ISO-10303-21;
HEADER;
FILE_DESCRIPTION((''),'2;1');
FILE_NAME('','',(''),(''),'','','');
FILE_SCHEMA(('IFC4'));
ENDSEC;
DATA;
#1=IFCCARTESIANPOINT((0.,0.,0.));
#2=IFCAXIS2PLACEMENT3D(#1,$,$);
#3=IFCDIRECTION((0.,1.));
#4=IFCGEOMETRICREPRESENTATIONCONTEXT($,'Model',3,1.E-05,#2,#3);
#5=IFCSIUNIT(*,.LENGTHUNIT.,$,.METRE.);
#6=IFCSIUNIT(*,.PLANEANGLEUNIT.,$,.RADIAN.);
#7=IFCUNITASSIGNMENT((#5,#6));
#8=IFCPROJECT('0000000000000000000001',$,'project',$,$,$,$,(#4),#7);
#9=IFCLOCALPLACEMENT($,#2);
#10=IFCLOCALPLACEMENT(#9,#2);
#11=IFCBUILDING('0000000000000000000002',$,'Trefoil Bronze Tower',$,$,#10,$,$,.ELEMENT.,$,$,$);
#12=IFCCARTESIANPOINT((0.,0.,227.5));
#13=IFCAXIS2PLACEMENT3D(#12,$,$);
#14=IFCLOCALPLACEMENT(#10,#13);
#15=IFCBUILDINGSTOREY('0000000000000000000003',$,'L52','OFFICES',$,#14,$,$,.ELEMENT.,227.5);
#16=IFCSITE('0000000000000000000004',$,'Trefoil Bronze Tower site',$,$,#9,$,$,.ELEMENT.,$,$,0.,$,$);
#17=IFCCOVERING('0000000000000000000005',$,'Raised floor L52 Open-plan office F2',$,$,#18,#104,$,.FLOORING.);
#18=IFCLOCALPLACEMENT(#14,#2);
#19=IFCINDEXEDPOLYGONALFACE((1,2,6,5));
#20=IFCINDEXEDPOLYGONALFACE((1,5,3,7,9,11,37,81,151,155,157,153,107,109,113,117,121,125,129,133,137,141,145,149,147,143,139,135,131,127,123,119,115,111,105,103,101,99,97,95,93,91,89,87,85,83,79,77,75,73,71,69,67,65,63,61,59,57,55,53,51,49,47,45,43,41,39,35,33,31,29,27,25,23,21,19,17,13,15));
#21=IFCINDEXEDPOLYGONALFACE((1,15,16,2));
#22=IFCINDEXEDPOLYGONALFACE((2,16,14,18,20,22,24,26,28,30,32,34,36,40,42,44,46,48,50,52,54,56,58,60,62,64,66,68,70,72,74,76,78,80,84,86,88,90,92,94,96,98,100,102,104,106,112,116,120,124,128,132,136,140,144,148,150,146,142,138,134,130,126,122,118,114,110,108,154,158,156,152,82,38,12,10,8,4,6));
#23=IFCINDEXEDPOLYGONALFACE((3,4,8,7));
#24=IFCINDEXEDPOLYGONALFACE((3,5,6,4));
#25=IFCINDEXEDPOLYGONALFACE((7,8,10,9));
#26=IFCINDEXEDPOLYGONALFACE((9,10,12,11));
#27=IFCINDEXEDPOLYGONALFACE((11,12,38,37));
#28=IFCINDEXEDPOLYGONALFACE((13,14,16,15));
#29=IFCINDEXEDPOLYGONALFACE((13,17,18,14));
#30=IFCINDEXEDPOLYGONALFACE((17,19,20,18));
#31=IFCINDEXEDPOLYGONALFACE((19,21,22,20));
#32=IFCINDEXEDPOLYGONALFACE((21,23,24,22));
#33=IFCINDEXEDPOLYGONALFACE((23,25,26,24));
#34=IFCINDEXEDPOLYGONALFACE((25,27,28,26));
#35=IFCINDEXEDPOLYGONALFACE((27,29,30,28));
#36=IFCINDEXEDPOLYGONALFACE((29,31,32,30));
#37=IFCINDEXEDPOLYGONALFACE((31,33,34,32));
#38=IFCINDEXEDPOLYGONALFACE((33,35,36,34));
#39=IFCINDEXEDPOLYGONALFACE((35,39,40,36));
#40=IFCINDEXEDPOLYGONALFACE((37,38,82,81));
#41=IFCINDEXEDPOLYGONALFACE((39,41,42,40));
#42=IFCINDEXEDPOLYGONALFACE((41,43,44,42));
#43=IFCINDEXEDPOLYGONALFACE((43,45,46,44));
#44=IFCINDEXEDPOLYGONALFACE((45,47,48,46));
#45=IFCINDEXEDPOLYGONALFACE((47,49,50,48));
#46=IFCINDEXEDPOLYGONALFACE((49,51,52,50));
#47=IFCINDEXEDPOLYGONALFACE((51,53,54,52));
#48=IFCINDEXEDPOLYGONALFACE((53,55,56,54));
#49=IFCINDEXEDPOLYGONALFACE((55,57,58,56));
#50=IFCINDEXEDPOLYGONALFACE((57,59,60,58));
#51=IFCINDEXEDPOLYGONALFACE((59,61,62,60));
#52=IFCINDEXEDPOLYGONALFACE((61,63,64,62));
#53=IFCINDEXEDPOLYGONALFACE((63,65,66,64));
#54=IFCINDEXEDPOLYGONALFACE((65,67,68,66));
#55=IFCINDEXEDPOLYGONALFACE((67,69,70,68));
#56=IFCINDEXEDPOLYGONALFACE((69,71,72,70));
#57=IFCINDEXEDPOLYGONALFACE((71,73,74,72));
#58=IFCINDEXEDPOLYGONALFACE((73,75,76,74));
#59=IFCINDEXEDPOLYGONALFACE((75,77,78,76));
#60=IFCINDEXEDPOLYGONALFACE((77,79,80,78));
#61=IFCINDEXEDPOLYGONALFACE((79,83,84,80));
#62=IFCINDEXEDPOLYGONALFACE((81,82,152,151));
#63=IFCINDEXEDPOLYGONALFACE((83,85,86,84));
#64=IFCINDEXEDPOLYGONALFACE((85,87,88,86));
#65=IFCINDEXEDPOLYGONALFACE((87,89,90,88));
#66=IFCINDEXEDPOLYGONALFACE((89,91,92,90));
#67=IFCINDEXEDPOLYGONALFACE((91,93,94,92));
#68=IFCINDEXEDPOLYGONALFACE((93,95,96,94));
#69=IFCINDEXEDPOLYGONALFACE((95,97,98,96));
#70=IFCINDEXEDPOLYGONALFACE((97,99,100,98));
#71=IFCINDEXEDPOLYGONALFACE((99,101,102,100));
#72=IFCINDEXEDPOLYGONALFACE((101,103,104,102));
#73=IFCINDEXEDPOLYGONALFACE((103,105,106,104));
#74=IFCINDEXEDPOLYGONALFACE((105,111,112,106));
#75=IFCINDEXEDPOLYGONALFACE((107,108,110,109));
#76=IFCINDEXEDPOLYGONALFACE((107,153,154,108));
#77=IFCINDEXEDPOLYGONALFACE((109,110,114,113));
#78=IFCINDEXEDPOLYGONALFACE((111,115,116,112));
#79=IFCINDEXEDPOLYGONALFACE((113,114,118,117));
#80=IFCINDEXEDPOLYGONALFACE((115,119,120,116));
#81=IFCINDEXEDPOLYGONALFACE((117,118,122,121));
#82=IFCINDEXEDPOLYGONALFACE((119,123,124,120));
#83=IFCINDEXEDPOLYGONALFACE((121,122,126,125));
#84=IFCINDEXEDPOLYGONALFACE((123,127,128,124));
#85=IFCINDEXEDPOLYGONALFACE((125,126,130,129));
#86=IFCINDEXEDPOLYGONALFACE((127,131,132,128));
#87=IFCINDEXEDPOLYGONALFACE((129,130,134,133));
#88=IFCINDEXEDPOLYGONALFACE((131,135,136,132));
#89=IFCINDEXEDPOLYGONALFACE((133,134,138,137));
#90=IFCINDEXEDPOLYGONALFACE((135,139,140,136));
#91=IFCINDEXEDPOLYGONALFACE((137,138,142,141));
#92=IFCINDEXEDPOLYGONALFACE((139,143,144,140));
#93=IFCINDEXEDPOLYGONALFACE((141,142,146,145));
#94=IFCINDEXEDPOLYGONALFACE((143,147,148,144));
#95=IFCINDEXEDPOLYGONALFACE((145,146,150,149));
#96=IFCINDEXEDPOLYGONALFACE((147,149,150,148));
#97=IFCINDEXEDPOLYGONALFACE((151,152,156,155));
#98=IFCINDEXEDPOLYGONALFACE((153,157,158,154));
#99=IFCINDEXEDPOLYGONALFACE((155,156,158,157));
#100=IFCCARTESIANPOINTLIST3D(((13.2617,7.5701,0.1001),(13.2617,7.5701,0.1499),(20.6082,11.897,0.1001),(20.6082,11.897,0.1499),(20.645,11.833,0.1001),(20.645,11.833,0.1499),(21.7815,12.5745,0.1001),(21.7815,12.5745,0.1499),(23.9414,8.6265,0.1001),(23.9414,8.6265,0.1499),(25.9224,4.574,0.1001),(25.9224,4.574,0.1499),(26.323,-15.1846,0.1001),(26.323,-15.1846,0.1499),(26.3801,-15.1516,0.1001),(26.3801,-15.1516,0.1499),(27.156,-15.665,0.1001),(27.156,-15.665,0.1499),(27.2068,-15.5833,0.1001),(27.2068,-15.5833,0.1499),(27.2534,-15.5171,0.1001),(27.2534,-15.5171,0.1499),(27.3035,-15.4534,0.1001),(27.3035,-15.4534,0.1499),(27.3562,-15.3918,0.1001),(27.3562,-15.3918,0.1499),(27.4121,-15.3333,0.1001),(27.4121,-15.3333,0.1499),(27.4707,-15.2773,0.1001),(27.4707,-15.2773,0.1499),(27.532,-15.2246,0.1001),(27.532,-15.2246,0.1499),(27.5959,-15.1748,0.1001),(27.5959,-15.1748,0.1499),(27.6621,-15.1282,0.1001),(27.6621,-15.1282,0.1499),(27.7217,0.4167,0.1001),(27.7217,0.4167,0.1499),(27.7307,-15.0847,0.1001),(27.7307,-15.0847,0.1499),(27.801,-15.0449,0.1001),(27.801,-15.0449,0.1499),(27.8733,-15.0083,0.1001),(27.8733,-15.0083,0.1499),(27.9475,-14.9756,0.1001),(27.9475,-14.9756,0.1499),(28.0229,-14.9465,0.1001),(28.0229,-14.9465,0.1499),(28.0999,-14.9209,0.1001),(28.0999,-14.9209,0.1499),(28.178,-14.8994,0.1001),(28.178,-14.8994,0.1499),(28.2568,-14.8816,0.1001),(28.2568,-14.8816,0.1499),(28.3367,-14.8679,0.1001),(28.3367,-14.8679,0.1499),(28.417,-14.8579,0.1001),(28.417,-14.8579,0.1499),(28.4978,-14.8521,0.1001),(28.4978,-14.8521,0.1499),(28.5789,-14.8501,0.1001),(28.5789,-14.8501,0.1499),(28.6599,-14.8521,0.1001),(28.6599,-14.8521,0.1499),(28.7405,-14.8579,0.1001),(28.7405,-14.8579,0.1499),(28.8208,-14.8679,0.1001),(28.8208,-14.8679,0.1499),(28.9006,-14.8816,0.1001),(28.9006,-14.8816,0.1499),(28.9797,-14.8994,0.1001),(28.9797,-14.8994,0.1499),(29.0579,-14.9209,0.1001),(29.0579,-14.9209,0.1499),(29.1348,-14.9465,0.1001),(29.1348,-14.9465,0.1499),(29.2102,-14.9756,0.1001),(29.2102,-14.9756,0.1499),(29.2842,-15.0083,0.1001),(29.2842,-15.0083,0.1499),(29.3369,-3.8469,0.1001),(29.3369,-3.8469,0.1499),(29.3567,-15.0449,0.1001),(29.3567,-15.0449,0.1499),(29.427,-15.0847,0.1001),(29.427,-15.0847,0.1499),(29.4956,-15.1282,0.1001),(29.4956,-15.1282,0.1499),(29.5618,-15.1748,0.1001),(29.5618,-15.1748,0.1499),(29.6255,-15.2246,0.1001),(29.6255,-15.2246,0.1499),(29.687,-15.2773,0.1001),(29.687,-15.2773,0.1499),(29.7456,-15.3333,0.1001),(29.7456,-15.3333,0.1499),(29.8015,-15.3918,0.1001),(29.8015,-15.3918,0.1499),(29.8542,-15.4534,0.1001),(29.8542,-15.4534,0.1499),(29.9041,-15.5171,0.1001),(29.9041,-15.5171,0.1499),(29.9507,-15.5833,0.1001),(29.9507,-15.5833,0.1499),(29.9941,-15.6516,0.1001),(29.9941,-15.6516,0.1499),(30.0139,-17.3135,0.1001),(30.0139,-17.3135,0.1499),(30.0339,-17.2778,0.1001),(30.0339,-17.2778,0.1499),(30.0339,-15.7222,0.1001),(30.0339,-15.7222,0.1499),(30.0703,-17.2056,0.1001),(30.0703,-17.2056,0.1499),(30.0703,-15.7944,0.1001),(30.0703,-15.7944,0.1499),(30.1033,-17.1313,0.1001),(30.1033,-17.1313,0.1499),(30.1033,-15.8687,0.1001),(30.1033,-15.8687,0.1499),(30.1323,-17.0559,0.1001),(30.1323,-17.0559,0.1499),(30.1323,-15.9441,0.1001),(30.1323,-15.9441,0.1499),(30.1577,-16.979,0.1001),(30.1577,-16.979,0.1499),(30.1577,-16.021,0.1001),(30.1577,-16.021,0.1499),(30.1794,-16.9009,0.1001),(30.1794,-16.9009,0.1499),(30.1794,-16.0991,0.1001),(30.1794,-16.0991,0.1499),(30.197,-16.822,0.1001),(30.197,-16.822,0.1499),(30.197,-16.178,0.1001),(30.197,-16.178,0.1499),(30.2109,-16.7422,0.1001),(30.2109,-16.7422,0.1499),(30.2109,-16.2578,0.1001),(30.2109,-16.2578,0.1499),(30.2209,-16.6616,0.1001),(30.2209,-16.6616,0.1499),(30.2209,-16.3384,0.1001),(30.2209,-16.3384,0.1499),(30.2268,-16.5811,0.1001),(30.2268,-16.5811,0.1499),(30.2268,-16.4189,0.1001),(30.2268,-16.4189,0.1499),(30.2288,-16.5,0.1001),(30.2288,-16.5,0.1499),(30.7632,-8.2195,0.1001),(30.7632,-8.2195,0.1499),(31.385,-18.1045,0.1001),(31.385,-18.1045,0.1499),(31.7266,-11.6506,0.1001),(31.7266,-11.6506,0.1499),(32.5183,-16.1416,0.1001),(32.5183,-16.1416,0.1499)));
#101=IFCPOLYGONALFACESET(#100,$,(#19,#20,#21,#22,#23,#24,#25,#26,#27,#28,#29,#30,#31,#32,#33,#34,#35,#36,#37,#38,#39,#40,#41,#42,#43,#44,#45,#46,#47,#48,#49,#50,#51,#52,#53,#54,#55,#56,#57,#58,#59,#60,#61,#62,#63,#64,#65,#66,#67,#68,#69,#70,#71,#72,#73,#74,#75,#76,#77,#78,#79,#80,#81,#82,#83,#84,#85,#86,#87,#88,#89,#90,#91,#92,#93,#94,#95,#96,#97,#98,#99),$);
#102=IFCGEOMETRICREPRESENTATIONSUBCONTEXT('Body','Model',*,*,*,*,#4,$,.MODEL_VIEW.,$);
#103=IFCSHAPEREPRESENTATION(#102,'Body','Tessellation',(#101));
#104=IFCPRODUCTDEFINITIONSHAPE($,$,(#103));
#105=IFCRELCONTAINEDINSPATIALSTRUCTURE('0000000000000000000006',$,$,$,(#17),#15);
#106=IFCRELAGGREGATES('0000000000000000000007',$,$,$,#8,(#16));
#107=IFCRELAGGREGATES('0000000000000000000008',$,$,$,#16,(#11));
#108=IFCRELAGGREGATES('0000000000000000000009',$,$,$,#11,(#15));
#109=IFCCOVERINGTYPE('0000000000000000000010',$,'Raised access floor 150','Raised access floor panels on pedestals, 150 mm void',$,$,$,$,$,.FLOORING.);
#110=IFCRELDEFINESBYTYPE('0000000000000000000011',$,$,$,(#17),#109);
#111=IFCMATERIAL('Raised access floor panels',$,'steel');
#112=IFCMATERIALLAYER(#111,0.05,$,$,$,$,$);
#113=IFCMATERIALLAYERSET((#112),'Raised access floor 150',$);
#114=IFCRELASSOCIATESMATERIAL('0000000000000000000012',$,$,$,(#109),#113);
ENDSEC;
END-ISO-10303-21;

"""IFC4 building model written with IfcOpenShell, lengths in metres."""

from ifc_helpers import new_model, si_unit, direction, frame, origin, place, context, subcontext, project, spatial, polyline, outline, extrude, material, layer, layer_set, type_object, element, save


model = new_model("IFC4")

# Units and contexts
model_context = context("Model", 3, precision=1e-05, world=origin(), true_north=direction((0.0, 1.0)))
body_context = subcontext(model_context, "Body", "Model", "MODEL_VIEW")
ifc_project = project(units=[si_unit("LENGTHUNIT", "METRE"), si_unit("PLANEANGLEUNIT", "RADIAN")], contexts=[model_context])

# Site, building, storey
site_placement = place(None, origin())
site = spatial("IfcSite", under=ifc_project, at=site_placement, Name="Trefoil Bronze Tower site", CompositionType="ELEMENT", RefElevation=0.0)
building_placement = place(site_placement, origin())
building = spatial("IfcBuilding", under=site, at=building_placement, Name="Trefoil Bronze Tower", CompositionType="ELEMENT")
storey_placement = place(building_placement, frame((0.0, 0.0, 227.5)))
storey = spatial("IfcBuildingStorey", under=building, at=storey_placement, Name="L52", Description="OFFICES", CompositionType="ELEMENT", Elevation=227.5)

# Covering
ifc_material_1 = material(Name="Raised access floor panels", Category="steel")
ifc_layer_1 = layer(ifc_material_1, 0.05)
ifc_layer_set_1 = layer_set([ifc_layer_1], Name="Raised access floor 150")
covering_type_1 = type_object("IfcCoveringType", Name="Raised access floor 150", Description="Raised access floor panels on pedestals, 150 mm void", PredefinedType="FLOORING", material=ifc_layer_set_1)
covering_1_placement = place(storey_placement, frame((0.0, 0.0, 0.1001)))
element("IfcCovering", 1, at=covering_1_placement, inside=storey, type_object=covering_type_1, Name="Raised floor L52 Open-plan office F2", PredefinedType="FLOORING", context=body_context, shape_type="SweptSolid", body=[
    extrude(outline(polyline([(27.156, -15.665), (26.323, -15.1846), (26.3801, -15.1516), (13.2617, 7.5701), (20.645, 11.833), (20.6082, 11.897), (21.7815, 12.5745), (23.9414, 8.6265), (25.9224, 4.574), (27.7217, 0.4167), (29.3369, -3.8469), (30.7632, -8.2195), (31.7266, -11.6506), (32.5183, -16.1416), (31.385, -18.1045), (30.0139, -17.3135), (30.0339, -17.2778), (30.0703, -17.2056), (30.1033, -17.1313), (30.1323, -17.0559), (30.1577, -16.979), (30.1794, -16.9009), (30.197, -16.822), (30.2109, -16.7422), (30.2209, -16.6616), (30.2268, -16.5811), (30.2288, -16.5), (30.2268, -16.4189), (30.2209, -16.3384), (30.2109, -16.2578), (30.197, -16.178), (30.1794, -16.0991), (30.1577, -16.021), (30.1323, -15.9441), (30.1033, -15.8687), (30.0703, -15.7944), (30.0339, -15.7222), (29.9941, -15.6516), (29.9507, -15.5833), (29.9041, -15.5171), (29.8542, -15.4534), (29.8015, -15.3918), (29.7456, -15.3333), (29.687, -15.2773), (29.6255, -15.2246), (29.5618, -15.1748), (29.4956, -15.1282), (29.427, -15.0847), (29.3567, -15.0449), (29.2842, -15.0083), (29.2102, -14.9756), (29.1348, -14.9465), (29.0579, -14.9209), (28.9797, -14.8994), (28.9006, -14.8816), (28.8208, -14.8679), (28.7405, -14.8579), (28.6599, -14.8521), (28.5789, -14.8501), (28.4978, -14.8521), (28.417, -14.8579), (28.3367, -14.8679), (28.2568, -14.8816), (28.178, -14.8994), (28.0999, -14.9209), (28.0229, -14.9465), (27.9475, -14.9756), (27.8733, -15.0083), (27.801, -15.0449), (27.7307, -15.0847), (27.6621, -15.1282), (27.5959, -15.1748), (27.532, -15.2246), (27.4707, -15.2773), (27.4121, -15.3333), (27.3562, -15.3918), (27.3035, -15.4534), (27.2534, -15.5171), (27.2068, -15.5833), (27.156, -15.665)])), origin(), (0.0, 0.0, 1.0), 0.0498),
])

save(model, "model.ifc")
